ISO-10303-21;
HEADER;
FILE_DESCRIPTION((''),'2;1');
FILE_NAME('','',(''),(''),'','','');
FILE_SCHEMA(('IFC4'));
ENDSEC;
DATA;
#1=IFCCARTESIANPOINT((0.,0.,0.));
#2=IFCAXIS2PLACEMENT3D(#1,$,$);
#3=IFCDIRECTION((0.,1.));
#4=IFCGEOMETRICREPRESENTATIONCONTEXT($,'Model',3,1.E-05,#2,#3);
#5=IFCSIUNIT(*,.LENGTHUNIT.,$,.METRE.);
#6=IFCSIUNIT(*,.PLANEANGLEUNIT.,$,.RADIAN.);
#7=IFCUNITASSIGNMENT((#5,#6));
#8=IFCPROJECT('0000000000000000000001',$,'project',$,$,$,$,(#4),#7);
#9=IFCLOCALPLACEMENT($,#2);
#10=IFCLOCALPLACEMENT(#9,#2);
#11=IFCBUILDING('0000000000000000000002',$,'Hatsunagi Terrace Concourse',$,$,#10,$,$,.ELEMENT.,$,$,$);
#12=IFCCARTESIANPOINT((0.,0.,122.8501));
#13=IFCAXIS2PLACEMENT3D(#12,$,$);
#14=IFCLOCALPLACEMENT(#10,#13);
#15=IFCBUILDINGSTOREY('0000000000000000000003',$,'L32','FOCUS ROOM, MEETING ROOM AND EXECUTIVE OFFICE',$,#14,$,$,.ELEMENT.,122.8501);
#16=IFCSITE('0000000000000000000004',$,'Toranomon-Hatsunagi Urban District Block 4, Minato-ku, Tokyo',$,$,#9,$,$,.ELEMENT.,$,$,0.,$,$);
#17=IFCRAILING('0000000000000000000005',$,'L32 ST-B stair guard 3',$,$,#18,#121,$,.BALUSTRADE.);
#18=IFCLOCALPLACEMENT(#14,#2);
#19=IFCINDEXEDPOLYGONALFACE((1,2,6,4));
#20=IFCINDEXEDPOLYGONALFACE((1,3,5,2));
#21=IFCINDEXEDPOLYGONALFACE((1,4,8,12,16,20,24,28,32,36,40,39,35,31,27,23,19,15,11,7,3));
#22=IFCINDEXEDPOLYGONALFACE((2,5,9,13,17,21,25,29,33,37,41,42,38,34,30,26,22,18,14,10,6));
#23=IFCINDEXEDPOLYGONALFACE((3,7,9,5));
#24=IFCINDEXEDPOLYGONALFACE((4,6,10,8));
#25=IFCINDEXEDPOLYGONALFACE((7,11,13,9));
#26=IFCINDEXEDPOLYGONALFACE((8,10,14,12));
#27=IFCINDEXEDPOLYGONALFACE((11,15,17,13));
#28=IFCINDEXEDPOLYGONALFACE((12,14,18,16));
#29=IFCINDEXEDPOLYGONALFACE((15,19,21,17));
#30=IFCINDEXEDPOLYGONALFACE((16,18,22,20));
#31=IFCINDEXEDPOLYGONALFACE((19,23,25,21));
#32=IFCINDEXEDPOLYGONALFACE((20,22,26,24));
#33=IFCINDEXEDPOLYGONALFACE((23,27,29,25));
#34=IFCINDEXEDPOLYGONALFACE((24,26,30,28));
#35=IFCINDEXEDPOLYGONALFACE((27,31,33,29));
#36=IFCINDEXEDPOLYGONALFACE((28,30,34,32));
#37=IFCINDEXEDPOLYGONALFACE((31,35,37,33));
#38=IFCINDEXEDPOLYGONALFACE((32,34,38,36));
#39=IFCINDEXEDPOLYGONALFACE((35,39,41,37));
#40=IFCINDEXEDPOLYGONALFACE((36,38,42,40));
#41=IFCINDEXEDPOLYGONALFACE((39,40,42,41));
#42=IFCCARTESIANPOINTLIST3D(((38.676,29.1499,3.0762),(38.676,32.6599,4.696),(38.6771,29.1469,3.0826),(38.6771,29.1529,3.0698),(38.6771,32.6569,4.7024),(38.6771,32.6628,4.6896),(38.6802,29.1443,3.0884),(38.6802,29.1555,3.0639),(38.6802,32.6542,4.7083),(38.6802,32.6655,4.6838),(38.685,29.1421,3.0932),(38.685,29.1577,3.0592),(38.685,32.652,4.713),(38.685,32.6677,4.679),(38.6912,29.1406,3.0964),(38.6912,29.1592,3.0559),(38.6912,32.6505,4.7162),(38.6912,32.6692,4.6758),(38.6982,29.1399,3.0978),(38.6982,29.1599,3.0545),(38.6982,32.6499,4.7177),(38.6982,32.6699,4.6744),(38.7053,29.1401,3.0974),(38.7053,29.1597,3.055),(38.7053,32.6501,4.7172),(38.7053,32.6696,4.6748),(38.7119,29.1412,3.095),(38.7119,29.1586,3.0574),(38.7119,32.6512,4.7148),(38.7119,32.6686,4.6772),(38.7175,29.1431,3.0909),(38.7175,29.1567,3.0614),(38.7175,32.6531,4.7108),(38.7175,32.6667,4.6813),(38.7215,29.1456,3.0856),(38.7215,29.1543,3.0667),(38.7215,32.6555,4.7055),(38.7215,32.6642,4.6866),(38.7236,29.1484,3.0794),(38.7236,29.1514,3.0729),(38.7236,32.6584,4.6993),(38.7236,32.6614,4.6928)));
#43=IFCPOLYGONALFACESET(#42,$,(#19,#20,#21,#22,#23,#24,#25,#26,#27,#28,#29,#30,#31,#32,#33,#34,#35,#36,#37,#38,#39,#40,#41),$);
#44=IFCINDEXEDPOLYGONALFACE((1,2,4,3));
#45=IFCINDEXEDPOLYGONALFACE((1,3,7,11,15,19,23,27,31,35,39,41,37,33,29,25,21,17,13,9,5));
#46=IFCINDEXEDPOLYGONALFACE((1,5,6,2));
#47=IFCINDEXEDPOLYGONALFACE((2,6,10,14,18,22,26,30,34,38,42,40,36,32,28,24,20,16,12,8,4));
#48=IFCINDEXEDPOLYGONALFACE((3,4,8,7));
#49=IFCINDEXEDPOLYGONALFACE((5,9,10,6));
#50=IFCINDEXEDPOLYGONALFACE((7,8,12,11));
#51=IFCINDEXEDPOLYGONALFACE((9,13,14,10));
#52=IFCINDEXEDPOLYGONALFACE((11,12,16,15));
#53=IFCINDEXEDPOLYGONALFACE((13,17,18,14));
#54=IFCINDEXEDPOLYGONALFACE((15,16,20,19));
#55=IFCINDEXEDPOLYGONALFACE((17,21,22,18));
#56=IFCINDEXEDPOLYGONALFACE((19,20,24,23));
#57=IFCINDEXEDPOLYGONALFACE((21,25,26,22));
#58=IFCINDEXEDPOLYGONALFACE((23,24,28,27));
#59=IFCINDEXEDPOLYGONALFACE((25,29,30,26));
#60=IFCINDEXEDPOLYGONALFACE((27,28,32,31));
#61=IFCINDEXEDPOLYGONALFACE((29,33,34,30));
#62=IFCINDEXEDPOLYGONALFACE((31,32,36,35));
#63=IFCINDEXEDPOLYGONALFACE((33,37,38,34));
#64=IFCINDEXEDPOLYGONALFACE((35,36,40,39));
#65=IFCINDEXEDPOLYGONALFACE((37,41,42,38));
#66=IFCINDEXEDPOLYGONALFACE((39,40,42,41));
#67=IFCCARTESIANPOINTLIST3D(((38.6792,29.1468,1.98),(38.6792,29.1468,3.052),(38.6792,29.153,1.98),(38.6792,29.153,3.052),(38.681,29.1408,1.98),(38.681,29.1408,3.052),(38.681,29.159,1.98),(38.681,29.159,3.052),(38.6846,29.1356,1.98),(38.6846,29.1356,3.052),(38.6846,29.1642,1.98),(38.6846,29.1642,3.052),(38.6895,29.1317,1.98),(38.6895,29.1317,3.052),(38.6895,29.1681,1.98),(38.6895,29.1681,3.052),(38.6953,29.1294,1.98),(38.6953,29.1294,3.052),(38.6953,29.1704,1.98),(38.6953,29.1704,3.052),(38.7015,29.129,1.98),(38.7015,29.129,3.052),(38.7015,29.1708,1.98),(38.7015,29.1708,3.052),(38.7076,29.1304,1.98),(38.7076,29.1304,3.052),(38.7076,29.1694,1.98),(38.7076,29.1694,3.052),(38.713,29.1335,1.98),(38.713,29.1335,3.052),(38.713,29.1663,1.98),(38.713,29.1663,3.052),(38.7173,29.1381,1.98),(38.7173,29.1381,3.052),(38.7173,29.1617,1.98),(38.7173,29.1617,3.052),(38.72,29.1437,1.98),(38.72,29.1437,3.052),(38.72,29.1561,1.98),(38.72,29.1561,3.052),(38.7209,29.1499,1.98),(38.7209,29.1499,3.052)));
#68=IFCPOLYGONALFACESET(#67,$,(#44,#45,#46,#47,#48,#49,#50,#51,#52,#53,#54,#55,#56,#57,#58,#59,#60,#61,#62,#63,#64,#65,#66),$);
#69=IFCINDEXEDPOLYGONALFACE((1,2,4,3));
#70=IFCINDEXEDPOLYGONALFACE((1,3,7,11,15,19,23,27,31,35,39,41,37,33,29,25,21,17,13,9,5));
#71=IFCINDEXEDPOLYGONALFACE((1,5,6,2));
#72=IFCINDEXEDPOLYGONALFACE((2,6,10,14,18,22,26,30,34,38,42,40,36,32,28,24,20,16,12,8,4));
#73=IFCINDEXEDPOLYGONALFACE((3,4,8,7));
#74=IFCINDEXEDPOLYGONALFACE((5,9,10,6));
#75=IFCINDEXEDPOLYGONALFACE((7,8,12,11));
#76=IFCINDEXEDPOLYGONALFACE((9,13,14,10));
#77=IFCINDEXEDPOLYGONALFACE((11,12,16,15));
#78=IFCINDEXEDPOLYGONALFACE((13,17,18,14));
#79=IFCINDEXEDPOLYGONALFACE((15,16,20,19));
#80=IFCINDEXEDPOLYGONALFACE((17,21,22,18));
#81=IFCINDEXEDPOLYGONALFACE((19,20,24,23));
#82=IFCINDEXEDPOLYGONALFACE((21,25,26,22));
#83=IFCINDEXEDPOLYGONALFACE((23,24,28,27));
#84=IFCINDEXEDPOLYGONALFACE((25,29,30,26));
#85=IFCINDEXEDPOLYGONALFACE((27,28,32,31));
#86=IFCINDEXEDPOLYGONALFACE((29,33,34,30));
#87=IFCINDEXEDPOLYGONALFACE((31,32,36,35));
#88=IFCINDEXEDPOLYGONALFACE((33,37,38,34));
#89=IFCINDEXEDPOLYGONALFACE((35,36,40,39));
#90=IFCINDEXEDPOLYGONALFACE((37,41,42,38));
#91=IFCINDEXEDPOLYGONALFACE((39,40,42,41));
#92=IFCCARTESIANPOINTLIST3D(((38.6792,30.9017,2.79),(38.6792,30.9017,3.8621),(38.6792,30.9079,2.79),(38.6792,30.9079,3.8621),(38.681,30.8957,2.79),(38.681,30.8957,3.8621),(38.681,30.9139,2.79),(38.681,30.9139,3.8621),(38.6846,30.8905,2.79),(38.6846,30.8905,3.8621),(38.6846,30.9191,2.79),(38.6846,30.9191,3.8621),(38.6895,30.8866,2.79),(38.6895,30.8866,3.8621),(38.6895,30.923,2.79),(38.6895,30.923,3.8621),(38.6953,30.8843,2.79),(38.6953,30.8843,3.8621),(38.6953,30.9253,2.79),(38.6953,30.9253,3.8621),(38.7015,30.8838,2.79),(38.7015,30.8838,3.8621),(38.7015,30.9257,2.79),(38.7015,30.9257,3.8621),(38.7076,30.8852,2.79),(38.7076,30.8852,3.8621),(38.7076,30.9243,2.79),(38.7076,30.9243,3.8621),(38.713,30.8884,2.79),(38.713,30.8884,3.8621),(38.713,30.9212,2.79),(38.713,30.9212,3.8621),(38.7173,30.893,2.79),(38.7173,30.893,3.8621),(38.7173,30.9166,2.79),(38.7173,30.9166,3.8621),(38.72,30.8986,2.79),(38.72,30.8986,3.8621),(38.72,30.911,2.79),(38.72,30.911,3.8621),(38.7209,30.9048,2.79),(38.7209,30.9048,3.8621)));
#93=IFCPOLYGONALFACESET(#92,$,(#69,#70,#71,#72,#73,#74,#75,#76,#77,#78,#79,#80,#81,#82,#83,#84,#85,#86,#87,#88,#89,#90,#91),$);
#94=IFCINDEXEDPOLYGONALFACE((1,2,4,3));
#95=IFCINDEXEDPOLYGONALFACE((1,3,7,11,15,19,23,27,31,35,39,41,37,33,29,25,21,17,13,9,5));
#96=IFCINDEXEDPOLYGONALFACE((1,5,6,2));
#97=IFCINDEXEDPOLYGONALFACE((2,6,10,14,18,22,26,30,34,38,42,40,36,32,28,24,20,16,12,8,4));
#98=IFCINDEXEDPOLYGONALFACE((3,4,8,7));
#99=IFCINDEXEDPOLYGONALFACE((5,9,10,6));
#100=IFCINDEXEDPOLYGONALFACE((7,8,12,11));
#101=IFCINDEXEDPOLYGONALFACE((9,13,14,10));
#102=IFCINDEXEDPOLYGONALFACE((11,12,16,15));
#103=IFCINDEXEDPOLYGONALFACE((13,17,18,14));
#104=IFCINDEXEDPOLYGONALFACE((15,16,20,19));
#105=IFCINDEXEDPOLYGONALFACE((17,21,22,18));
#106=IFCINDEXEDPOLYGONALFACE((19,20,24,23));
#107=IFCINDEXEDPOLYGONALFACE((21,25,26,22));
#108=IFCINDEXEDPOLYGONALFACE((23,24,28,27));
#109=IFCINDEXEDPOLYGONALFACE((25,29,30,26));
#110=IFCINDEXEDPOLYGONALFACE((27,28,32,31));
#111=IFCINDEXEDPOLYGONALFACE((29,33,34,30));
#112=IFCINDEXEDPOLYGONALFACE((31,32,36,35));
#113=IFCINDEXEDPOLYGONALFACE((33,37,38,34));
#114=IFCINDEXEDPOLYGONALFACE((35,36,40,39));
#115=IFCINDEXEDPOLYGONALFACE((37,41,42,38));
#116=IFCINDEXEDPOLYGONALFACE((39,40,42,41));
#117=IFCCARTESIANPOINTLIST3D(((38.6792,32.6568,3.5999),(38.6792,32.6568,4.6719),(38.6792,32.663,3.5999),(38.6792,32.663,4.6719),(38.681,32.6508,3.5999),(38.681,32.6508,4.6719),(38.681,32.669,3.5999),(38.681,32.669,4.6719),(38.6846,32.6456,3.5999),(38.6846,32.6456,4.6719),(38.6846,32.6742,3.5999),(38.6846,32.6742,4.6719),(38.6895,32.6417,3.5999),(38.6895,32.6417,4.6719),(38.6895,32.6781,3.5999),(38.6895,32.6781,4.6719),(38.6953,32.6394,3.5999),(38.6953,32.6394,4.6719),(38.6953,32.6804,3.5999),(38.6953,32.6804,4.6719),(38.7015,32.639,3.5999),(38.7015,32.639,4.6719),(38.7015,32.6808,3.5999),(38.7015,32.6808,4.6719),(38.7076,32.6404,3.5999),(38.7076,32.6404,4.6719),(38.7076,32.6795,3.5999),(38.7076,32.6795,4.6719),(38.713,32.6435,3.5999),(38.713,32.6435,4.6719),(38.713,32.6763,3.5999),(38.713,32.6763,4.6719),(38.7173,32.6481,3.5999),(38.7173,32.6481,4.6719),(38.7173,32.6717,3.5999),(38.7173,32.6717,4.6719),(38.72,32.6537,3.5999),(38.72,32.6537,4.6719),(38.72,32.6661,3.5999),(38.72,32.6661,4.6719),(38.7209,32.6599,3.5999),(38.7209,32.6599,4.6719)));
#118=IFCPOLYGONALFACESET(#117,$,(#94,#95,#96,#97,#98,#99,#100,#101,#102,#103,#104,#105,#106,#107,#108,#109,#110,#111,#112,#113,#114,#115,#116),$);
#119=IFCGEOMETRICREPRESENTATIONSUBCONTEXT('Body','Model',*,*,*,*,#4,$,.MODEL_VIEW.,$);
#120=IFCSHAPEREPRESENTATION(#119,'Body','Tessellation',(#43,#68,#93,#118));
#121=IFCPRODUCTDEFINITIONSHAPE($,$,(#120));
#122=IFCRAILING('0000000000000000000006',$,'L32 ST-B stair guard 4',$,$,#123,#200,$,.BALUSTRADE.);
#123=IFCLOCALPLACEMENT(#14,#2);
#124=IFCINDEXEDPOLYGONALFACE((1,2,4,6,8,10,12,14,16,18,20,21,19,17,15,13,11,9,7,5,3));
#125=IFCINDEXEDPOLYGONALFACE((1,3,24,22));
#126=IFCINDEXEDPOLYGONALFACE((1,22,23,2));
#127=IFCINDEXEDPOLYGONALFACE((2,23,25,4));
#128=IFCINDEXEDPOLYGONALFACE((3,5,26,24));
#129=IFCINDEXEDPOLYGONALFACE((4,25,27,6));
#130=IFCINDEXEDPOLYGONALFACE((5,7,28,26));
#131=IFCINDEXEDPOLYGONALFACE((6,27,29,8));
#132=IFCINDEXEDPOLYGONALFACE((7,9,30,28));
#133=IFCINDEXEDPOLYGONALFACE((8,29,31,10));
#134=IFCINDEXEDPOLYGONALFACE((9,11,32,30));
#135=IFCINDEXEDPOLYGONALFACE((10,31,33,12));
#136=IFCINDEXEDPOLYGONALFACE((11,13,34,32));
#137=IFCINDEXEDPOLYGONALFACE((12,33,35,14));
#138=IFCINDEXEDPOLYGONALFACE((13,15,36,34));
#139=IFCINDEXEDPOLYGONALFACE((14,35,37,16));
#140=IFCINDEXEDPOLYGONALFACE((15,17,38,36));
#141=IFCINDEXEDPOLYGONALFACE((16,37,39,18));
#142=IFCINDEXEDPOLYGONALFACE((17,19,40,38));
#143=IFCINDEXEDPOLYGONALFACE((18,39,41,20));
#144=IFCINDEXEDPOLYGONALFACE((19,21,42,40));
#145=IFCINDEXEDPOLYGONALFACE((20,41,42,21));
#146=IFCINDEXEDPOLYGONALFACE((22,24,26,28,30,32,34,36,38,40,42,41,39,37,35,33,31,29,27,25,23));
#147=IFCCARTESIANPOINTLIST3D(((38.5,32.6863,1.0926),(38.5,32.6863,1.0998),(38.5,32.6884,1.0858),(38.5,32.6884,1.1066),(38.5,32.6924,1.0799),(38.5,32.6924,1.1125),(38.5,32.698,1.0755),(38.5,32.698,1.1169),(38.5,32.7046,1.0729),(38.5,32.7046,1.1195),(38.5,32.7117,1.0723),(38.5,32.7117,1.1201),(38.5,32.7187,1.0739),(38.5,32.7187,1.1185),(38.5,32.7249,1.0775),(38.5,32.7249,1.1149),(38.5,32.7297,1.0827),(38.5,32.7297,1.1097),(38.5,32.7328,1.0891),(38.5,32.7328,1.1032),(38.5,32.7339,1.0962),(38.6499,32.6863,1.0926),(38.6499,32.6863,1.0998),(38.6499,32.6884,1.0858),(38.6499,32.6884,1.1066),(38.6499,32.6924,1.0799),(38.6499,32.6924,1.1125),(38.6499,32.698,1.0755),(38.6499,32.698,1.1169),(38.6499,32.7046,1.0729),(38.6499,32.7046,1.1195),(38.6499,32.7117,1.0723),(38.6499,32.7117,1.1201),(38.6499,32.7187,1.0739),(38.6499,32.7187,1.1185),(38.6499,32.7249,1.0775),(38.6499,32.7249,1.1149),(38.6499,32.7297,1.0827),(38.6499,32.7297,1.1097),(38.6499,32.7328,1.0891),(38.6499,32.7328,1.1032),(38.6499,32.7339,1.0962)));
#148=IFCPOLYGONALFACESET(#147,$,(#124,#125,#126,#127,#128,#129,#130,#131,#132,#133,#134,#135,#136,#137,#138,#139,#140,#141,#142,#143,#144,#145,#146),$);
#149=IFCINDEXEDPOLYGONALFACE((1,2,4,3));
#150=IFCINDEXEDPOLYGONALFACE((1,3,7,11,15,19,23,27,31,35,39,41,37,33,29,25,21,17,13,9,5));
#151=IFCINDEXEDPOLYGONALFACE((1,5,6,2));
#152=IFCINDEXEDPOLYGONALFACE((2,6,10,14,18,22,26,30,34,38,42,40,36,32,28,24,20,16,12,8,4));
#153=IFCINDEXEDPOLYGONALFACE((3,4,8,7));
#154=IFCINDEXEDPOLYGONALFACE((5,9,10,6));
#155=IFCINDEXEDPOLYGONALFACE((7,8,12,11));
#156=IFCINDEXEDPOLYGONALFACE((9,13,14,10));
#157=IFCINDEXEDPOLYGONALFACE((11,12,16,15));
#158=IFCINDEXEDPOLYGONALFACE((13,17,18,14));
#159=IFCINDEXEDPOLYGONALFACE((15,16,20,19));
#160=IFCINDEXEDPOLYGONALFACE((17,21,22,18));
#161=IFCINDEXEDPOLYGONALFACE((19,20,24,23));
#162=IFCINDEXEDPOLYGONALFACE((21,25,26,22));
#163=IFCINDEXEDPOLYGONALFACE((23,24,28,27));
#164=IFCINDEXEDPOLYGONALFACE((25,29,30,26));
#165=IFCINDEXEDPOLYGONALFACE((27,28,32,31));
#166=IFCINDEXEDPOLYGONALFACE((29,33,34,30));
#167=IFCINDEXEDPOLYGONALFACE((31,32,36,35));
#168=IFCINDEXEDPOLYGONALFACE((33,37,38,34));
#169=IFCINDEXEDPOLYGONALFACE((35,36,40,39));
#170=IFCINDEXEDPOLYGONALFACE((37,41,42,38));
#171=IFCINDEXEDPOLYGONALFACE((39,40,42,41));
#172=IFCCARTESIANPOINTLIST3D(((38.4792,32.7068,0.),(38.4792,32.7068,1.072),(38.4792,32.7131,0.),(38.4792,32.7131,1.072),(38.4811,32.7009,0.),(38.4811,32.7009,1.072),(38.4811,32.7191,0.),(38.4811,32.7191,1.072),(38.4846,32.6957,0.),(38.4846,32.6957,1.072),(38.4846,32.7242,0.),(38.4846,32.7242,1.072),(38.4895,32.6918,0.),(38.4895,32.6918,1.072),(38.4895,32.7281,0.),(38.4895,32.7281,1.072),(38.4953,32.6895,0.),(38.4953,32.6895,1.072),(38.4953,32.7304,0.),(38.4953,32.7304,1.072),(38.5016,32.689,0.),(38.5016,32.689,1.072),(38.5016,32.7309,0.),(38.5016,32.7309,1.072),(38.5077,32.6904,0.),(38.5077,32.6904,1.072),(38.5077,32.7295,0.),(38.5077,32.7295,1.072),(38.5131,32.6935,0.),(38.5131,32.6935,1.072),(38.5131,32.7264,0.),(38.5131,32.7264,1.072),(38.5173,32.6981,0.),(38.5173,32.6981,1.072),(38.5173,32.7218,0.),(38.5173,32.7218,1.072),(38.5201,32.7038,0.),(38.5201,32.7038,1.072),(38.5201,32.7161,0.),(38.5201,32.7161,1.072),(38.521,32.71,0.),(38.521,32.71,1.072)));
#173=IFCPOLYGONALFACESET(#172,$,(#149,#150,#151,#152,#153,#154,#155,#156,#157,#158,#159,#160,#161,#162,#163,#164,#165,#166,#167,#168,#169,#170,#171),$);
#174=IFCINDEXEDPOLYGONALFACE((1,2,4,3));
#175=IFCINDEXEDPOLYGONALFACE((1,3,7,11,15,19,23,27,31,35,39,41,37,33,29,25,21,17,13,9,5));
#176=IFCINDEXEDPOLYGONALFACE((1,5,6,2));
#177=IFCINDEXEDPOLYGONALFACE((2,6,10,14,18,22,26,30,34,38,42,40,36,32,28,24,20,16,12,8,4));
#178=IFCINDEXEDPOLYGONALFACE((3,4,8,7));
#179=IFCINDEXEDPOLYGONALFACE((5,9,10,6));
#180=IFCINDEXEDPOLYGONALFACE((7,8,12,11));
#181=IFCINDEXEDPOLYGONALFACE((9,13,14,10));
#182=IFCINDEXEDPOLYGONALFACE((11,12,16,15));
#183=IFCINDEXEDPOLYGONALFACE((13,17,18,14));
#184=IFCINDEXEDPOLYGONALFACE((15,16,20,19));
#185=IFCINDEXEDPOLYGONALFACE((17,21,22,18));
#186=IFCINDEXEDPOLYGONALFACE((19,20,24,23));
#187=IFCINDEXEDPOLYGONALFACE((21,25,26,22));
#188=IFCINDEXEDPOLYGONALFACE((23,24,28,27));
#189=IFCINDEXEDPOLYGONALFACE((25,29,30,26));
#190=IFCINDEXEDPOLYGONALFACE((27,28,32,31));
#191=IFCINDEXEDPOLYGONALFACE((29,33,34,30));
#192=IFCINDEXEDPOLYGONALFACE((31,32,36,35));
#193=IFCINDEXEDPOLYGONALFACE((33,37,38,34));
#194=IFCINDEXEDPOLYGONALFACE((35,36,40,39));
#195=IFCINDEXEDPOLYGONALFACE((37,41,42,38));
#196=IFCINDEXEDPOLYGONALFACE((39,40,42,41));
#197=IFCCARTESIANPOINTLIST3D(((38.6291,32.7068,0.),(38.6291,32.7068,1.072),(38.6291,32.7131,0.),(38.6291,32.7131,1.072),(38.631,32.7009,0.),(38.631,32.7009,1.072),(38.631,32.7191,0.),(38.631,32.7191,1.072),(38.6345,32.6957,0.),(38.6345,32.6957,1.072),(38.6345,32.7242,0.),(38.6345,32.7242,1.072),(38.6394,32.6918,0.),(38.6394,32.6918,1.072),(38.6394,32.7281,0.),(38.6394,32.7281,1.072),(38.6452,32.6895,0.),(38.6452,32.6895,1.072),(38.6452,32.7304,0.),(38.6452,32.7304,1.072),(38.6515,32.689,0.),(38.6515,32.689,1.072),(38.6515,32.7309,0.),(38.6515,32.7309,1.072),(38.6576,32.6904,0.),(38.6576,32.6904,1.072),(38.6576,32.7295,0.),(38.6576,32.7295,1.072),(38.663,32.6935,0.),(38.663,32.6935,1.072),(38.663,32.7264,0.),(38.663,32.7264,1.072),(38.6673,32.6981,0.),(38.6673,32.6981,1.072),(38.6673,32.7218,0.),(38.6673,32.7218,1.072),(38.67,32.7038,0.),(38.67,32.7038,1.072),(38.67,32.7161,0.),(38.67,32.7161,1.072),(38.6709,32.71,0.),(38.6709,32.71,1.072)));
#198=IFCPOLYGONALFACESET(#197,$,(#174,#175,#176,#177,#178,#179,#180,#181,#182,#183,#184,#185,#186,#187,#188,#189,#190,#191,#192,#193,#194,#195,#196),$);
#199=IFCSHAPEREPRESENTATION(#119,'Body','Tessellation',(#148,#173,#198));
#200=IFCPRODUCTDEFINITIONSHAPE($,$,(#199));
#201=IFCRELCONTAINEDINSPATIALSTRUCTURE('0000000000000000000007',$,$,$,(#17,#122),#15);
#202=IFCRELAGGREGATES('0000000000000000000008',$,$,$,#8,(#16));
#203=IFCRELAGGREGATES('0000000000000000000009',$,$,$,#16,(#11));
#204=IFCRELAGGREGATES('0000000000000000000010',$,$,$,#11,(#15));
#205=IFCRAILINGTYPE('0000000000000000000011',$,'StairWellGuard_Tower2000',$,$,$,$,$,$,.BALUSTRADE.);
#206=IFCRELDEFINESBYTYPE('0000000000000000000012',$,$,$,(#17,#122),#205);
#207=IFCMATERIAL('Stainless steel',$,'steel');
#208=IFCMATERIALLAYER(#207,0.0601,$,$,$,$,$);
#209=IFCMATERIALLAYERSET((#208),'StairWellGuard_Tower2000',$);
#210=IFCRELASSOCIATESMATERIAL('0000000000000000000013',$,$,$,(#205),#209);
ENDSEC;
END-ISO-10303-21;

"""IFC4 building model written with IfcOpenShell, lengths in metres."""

from ifc_helpers import new_model, si_unit, direction, frame, origin, origin_2d, place, context, subcontext, project, spatial, circle, extrude, material, layer, layer_set, type_object, element, save


model = new_model("IFC4")

# Units and contexts
model_context = context("Model", 3, precision=1e-05, world=origin(), true_north=direction((0.0, 1.0)))
body_context = subcontext(model_context, "Body", "Model", "MODEL_VIEW")
ifc_project = project(units=[si_unit("LENGTHUNIT", "METRE"), si_unit("PLANEANGLEUNIT", "RADIAN")], contexts=[model_context])

# Site, building, storey
site_placement = place(None, origin())
site = spatial("IfcSite", under=ifc_project, at=site_placement, Name="Toranomon-Hatsunagi Urban District Block 4, Minato-ku, Tokyo", CompositionType="ELEMENT", RefElevation=0.0)
building_placement = place(site_placement, origin())
building = spatial("IfcBuilding", under=site, at=building_placement, Name="Hatsunagi Terrace Concourse", CompositionType="ELEMENT")
storey_placement = place(building_placement, frame((0.0, 0.0, 122.8501)))
storey = spatial("IfcBuildingStorey", under=building, at=storey_placement, Name="L32", Description="FOCUS ROOM, MEETING ROOM AND EXECUTIVE OFFICE", CompositionType="ELEMENT", Elevation=122.8501)

# Railings
ifc_material_1 = material(Name="Stainless steel", Category="steel")
ifc_layer_1 = layer(ifc_material_1, 0.0601)
ifc_layer_set_1 = layer_set([ifc_layer_1], Name="StairWellGuard_Tower2000")
railing_type_1 = type_object("IfcRailingType", Name="StairWellGuard_Tower2000", PredefinedType="BALUSTRADE", material=ifc_layer_set_1)
railing_1_placement = place(storey_placement, frame((38.7, 29.1499, 1.98)))
element("IfcRailing", 1, at=railing_1_placement, inside=storey, type_object=railing_type_1, Name="L32 ST-B stair guard 3", PredefinedType="BALUSTRADE", context=body_context, shape_type="SweptSolid", body=[
    extrude(circle(Radius=0.0239, at=origin_2d()), frame((0.0, 0.0, 1.0962), z_axis=(0.0, 0.907972, 0.41903), x_axis=(-1.0, 0.0, 0.0)), (0.0, 0.0, 1.0), 3.8657),
    extrude(circle(Radius=0.021, at=origin_2d()), origin(), (0.0, 0.0, 1.0), 1.072),
    extrude(circle(Radius=0.021, at=origin_2d()), frame((0.0, 1.7549, 0.8101)), (0.0, 0.0, 1.0), 1.072),
    extrude(circle(Radius=0.021, at=origin_2d()), frame((0.0, 3.51, 1.6199)), (0.0, 0.0, 1.0), 1.072),
])
railing_2_placement = place(storey_placement, frame((38.5, 32.71, 0.0)))
element("IfcRailing", 2, at=railing_2_placement, inside=storey, type_object=railing_type_1, Name="L32 ST-B stair guard 4", PredefinedType="BALUSTRADE", context=body_context, shape_type="SweptSolid", body=[
    extrude(circle(Radius=0.0239, at=origin_2d()), frame((0.0, 0.0, 1.0962), z_axis=(1.0, 0.0, 0.0), x_axis=(0.0, 1.0, 0.0)), (0.0, 0.0, 1.0), 0.1499),
    extrude(circle(Radius=0.021, at=origin_2d()), origin(), (0.0, 0.0, 1.0), 1.072),
    extrude(circle(Radius=0.021, at=origin_2d()), frame((0.1499, 0.0, 0.0)), (0.0, 0.0, 1.0), 1.072),
])

save(model, "model.ifc")
